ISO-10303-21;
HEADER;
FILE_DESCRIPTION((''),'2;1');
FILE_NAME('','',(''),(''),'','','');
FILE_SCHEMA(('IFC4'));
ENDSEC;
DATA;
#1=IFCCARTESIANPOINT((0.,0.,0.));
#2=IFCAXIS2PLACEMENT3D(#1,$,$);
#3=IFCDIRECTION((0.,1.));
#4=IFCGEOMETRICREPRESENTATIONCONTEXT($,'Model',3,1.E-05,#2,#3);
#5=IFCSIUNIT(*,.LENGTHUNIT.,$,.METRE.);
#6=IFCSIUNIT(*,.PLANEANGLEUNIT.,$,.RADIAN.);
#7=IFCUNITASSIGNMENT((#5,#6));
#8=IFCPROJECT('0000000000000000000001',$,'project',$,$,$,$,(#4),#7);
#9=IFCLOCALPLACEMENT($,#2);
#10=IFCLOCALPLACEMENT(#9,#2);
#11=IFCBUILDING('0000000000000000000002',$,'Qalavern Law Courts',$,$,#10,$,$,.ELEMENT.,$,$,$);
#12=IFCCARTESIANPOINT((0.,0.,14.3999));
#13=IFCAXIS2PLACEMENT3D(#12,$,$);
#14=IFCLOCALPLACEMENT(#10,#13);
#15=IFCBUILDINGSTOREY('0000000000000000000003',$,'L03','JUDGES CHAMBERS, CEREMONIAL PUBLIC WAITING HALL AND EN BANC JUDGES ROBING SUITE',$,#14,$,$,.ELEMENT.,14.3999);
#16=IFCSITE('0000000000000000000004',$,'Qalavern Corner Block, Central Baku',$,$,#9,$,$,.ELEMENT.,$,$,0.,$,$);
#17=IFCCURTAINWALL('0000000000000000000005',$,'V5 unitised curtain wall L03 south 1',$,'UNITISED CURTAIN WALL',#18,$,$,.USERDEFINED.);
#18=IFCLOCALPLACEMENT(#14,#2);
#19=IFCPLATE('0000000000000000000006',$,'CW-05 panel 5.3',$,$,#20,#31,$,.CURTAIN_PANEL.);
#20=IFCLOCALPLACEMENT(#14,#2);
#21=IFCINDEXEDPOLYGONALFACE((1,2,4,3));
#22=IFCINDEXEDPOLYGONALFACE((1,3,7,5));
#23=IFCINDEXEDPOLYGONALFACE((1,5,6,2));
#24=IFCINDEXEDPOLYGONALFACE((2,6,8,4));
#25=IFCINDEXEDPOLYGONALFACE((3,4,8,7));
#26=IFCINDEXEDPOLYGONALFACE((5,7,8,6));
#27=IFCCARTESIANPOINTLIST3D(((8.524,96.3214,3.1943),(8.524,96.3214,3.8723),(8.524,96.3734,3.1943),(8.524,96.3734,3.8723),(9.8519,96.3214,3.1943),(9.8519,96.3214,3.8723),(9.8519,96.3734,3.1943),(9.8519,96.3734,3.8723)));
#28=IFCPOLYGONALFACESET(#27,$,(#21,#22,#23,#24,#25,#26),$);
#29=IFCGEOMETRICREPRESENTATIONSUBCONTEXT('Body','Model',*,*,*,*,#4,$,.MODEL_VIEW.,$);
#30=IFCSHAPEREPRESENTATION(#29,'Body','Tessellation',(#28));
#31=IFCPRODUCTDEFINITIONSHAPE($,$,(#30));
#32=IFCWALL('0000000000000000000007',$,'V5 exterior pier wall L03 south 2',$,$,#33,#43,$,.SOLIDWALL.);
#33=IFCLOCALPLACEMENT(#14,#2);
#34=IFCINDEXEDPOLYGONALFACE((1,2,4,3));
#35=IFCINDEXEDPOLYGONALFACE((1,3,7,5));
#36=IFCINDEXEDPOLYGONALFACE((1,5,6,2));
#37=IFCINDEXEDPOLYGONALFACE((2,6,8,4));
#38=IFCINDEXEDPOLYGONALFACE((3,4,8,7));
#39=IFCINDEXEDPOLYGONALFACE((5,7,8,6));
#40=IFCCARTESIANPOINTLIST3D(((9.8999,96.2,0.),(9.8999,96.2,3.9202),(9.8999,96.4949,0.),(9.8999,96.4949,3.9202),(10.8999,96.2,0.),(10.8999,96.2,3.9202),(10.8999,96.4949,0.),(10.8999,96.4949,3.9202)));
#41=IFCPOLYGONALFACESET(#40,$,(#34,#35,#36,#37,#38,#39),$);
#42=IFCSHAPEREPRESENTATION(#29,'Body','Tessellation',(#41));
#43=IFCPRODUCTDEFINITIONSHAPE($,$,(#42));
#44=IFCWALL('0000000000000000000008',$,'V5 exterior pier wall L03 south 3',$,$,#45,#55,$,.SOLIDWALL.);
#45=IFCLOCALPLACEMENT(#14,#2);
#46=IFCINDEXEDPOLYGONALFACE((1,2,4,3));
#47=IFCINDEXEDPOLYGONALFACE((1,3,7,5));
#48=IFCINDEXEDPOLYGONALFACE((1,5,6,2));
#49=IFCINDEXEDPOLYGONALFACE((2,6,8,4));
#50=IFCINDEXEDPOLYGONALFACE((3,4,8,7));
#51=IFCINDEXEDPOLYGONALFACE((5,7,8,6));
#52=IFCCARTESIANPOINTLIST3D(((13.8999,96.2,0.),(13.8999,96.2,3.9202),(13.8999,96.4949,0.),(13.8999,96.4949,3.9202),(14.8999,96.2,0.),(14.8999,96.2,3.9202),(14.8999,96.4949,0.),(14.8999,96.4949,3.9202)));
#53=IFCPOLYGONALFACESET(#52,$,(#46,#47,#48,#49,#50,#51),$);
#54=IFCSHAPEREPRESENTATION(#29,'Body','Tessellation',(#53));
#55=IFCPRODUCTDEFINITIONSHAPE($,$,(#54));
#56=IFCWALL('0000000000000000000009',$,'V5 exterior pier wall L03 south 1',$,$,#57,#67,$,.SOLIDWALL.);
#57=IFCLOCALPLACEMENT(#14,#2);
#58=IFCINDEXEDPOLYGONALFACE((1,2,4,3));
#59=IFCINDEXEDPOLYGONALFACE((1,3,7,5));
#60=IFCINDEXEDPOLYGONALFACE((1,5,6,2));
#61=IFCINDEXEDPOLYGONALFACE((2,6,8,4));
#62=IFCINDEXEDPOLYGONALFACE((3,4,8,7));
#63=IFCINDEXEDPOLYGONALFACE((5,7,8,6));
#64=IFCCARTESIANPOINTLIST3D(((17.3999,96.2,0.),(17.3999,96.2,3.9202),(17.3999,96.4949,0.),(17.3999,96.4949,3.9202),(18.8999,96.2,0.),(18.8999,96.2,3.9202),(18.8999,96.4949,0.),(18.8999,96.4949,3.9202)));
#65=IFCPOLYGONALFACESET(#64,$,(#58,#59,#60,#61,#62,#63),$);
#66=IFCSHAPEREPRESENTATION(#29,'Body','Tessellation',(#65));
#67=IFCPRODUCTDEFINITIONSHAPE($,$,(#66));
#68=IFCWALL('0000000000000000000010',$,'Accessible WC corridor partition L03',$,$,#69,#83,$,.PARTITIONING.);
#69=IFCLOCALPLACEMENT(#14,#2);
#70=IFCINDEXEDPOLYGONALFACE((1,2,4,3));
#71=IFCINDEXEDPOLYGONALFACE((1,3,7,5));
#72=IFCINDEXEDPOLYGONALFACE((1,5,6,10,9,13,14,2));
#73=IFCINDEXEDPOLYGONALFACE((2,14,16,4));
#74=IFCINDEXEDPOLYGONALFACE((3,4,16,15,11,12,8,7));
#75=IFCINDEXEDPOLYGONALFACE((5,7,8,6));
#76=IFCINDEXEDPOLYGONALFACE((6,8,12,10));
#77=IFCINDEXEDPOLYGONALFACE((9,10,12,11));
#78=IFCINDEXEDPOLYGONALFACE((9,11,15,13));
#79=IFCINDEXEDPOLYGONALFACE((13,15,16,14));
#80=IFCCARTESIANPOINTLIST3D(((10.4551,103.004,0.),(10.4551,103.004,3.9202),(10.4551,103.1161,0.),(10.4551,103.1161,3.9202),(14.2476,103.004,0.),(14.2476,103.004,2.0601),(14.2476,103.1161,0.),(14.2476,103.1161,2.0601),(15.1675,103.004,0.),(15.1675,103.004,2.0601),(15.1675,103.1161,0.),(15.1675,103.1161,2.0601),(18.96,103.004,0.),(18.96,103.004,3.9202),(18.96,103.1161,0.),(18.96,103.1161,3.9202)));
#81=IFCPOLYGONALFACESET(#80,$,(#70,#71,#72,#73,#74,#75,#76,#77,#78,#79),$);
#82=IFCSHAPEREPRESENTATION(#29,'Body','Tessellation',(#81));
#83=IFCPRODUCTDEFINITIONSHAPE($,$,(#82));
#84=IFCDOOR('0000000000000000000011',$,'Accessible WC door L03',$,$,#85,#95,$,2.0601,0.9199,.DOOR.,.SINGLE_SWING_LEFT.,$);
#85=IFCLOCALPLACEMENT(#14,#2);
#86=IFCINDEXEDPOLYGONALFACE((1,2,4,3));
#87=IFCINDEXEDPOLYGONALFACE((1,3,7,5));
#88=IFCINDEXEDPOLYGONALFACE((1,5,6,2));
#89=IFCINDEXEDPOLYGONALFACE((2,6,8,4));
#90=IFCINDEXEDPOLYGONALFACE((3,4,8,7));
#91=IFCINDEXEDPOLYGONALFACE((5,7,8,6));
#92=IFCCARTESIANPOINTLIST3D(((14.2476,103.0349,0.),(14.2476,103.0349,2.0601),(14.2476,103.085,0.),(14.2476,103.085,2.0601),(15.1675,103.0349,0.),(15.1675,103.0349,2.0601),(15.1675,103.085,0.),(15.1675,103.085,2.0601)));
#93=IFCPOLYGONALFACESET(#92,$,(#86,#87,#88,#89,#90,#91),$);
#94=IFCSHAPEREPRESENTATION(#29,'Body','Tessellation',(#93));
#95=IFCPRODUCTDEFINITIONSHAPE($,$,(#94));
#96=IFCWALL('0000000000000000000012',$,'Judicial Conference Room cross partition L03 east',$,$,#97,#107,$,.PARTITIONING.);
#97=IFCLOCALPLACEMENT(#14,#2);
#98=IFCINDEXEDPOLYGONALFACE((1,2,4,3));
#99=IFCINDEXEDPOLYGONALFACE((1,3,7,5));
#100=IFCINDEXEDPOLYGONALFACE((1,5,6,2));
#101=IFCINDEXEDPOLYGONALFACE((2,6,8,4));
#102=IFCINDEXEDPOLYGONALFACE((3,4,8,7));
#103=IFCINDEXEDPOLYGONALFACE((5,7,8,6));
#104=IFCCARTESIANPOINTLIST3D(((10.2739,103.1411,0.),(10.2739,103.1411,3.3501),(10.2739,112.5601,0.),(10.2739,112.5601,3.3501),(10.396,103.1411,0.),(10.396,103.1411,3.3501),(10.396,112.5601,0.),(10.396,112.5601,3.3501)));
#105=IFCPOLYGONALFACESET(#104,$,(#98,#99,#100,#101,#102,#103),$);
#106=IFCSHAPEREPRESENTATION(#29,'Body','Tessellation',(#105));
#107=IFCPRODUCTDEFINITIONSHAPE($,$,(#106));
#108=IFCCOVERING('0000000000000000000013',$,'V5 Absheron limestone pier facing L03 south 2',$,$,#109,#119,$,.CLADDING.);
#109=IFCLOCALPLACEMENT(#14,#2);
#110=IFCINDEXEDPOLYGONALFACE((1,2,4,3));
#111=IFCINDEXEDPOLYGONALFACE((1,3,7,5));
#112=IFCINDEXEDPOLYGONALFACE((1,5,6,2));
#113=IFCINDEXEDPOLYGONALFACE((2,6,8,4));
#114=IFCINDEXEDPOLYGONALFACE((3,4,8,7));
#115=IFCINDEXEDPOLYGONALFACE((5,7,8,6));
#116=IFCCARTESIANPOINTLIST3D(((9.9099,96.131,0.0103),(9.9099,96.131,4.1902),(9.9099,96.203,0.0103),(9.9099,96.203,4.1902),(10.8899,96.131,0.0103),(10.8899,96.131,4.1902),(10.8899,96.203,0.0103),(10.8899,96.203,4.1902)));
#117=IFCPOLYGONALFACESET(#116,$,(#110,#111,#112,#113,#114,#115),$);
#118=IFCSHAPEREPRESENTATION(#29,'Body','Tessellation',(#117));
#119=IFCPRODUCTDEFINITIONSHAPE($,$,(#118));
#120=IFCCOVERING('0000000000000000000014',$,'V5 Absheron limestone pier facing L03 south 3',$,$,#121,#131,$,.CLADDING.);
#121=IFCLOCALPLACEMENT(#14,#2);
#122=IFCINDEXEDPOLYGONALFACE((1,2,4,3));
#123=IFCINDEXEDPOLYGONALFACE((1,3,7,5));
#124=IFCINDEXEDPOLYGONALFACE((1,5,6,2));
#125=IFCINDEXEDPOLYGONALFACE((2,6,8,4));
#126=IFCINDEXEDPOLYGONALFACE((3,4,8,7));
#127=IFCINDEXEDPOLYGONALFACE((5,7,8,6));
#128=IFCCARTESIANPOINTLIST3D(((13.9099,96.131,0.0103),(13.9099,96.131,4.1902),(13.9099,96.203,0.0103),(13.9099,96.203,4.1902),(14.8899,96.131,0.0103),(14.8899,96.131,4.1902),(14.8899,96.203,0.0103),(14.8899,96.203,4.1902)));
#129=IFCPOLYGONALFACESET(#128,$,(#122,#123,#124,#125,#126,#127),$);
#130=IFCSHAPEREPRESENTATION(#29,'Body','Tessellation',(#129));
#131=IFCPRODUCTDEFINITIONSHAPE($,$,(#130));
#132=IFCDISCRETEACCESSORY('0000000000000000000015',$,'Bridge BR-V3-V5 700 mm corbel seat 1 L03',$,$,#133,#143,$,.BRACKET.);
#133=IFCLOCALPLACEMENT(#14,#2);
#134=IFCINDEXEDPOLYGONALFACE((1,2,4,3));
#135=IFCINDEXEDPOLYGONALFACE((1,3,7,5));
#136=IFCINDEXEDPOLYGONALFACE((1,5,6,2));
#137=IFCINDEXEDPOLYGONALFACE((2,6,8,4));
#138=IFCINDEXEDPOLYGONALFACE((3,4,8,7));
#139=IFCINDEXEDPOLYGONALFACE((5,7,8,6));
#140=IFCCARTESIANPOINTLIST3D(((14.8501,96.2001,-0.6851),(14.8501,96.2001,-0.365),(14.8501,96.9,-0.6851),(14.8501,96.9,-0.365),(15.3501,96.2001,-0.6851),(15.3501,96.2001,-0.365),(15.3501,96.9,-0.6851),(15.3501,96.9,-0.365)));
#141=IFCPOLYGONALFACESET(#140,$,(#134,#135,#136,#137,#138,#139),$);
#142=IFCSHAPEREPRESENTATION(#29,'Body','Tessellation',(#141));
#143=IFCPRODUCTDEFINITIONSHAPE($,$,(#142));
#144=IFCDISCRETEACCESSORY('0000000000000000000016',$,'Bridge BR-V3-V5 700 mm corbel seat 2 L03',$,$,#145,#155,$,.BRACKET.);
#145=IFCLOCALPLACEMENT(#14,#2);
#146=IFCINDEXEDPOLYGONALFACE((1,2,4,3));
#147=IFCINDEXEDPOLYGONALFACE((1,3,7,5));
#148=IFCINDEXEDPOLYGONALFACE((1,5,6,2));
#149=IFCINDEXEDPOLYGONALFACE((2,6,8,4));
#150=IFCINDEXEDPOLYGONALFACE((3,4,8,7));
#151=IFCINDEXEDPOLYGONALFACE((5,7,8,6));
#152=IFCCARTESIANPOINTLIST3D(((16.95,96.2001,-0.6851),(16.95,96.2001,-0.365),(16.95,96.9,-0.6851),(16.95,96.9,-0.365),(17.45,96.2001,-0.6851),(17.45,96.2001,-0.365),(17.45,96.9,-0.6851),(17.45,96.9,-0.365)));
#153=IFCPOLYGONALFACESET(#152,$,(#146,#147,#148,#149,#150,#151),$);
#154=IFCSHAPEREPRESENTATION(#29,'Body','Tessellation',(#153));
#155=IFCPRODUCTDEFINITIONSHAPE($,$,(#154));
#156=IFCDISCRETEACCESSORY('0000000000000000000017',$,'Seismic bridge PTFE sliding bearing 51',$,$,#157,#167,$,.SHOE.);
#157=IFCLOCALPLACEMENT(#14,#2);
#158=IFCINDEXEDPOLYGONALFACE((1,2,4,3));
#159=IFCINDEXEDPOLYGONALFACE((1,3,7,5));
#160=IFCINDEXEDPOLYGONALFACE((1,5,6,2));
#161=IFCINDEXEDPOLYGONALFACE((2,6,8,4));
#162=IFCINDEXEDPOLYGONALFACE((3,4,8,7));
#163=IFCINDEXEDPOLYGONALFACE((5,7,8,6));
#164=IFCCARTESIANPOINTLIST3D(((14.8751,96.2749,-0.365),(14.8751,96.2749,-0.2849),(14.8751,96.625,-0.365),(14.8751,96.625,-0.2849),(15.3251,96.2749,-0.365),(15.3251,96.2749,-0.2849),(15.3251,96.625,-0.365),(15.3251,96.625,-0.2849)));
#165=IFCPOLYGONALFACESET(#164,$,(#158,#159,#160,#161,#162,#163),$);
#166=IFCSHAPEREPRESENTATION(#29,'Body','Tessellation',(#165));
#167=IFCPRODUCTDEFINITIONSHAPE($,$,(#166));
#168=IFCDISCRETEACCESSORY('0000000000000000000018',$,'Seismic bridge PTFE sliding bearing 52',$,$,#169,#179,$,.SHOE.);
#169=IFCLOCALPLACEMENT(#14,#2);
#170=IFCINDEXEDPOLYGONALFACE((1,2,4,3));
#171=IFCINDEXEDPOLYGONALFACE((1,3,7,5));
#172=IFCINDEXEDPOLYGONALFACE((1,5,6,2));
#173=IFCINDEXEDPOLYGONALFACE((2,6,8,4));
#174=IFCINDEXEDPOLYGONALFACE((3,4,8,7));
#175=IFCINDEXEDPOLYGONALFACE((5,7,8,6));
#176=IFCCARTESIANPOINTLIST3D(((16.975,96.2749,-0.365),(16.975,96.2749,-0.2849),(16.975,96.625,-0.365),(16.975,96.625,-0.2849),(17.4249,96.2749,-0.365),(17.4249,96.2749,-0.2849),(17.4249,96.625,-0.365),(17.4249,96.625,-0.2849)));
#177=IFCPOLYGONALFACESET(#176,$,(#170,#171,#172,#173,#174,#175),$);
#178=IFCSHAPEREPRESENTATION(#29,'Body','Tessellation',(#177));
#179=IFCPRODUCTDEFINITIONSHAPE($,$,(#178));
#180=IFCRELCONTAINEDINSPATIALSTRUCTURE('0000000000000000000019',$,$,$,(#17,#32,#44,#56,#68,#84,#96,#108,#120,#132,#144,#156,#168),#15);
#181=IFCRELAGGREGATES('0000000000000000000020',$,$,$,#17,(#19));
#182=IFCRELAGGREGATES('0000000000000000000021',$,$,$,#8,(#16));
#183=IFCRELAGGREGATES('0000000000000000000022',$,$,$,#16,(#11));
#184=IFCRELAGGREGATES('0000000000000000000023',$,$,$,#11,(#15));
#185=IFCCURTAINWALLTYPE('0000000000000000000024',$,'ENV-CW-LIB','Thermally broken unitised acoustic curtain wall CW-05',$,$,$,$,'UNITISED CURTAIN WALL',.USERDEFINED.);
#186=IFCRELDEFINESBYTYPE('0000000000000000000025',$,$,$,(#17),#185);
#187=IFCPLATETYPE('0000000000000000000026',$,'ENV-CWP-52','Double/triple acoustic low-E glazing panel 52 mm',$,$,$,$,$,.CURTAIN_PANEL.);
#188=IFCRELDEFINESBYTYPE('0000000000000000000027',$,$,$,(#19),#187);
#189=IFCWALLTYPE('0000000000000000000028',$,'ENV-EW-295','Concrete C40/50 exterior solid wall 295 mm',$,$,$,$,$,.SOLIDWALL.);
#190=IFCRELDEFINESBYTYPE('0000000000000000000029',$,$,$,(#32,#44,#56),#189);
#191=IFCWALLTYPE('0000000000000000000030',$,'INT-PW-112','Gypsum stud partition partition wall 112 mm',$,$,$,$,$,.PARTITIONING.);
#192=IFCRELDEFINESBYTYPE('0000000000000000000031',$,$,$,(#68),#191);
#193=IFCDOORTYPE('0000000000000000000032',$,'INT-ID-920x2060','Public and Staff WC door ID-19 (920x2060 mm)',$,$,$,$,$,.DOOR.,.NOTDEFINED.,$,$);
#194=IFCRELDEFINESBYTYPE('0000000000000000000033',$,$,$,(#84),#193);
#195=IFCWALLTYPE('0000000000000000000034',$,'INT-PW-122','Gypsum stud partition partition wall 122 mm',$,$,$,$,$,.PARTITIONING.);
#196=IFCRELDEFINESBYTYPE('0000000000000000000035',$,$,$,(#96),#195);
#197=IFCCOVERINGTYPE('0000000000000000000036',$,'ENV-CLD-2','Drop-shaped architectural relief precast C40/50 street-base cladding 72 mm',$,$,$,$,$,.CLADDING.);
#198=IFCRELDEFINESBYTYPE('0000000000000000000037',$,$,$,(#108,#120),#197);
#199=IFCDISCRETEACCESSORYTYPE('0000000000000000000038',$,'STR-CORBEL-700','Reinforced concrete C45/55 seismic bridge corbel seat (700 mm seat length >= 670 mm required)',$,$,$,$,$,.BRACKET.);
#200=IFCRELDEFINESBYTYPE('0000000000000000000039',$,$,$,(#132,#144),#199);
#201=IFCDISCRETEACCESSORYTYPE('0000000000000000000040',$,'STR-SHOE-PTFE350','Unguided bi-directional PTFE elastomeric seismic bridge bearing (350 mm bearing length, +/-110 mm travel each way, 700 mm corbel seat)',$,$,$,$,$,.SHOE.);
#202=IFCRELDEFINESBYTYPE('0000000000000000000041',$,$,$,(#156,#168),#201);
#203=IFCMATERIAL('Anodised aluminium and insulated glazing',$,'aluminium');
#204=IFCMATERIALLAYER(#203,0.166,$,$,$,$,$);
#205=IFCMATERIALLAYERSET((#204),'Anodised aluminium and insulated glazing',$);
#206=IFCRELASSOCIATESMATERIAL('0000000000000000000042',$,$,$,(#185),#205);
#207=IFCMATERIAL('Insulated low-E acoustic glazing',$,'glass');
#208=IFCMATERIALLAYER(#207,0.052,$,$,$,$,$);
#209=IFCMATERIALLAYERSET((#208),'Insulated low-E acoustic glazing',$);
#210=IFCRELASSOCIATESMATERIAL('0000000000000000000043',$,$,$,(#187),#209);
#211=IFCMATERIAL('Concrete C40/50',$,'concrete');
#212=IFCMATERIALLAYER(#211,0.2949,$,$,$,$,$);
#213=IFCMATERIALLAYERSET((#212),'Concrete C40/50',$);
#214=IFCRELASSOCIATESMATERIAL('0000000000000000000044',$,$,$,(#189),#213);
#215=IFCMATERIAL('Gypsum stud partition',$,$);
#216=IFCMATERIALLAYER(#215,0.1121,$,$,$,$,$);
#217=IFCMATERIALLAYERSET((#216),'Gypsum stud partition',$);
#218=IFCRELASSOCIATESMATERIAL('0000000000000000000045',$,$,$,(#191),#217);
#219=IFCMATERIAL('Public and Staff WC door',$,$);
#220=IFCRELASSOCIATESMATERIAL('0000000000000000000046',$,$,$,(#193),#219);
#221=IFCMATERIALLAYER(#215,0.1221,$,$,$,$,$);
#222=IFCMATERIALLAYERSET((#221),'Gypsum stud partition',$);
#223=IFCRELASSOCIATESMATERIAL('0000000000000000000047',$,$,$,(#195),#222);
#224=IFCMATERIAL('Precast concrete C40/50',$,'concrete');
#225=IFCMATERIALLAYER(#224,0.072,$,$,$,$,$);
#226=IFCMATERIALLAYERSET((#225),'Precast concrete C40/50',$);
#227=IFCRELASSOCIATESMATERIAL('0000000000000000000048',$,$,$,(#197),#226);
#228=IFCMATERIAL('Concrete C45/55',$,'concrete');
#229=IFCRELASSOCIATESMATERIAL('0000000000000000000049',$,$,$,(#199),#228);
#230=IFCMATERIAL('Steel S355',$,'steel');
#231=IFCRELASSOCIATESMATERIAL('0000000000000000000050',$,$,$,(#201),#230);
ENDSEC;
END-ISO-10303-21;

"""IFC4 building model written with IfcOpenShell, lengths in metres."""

from ifc_helpers import new_model, si_unit, direction, frame, frame_2d, origin, origin_2d, place, context, subcontext, project, spatial, rectangle, extrude, material, layer, layer_set, type_object, element, fill, aggregate, save


model = new_model("IFC4")

# Units and contexts
model_context = context("Model", 3, precision=1e-05, world=origin(), true_north=direction((0.0, 1.0)))
body_context = subcontext(model_context, "Body", "Model", "MODEL_VIEW")
ifc_project = project(units=[si_unit("LENGTHUNIT", "METRE"), si_unit("PLANEANGLEUNIT", "RADIAN")], contexts=[model_context])

# Site, building, storey
site_placement = place(None, origin())
site = spatial("IfcSite", under=ifc_project, at=site_placement, Name="Qalavern Corner Block, Central Baku", CompositionType="ELEMENT", RefElevation=0.0)
building_placement = place(site_placement, origin())
building = spatial("IfcBuilding", under=site, at=building_placement, Name="Qalavern Law Courts", CompositionType="ELEMENT")
storey_placement = place(building_placement, frame((0.0, 0.0, 14.3999)))
storey = spatial("IfcBuildingStorey", under=building, at=storey_placement, Name="L03", Description="JUDGES CHAMBERS, CEREMONIAL PUBLIC WAITING HALL AND EN BANC JUDGES ROBING SUITE", CompositionType="ELEMENT", Elevation=14.3999)

# Shared definitions
ifc_material_1 = material(Name="Concrete C45/55", Category="concrete")

# Curtain wall
ifc_material_2 = material(Name="Anodised aluminium and insulated glazing", Category="aluminium")
ifc_layer_1 = layer(ifc_material_2, 0.166)
ifc_layer_set_1 = layer_set([ifc_layer_1], Name="Anodised aluminium and insulated glazing")
curtain_wall_type = type_object("IfcCurtainWallType", Name="ENV-CW-LIB", Description="Thermally broken unitised acoustic curtain wall CW-05", ElementType="UNITISED CURTAIN WALL", PredefinedType="USERDEFINED", material=ifc_layer_set_1)
curtain_wall_1_placement = place(storey_placement, origin())
curtain_wall_1 = element("IfcCurtainWall", 1, at=curtain_wall_1_placement, inside=storey, type_object=curtain_wall_type, Name="V5 unitised curtain wall L03 south 1", ObjectType="UNITISED CURTAIN WALL", PredefinedType="USERDEFINED")

# Shared definitions
ifc_material_3 = material(Name="Steel S355", Category="steel")
ifc_material_4 = material(Name="Concrete C40/50", Category="concrete")

# Plate
ifc_material_5 = material(Name="Insulated low-E acoustic glazing", Category="glass")
ifc_layer_2 = layer(ifc_material_5, 0.052)
ifc_layer_set_2 = layer_set([ifc_layer_2], Name="Insulated low-E acoustic glazing")
plate_type_1 = type_object("IfcPlateType", Name="ENV-CWP-52", Description="Double/triple acoustic low-E glazing panel 52 mm", PredefinedType="CURTAIN_PANEL", material=ifc_layer_set_2)
plate_1_placement = place(storey_placement, frame((9.188, 96.3474, 3.1943), z_axis=(0.0, 0.0, 1.0), x_axis=(1.0, 0.0, 0.0)))
plate_1 = element("IfcPlate", 2, at=plate_1_placement, type_object=plate_type_1, Name="CW-05 panel 5.3", PredefinedType="CURTAIN_PANEL", context=body_context, shape_type="SweptSolid", body=[
    extrude(rectangle(XDim=1.3279, YDim=0.052, at=origin_2d()), origin(), (0.0, 0.0, 1.0), 0.678),
])
aggregate(curtain_wall_1, [plate_1])

# Walls
ifc_layer_3 = layer(ifc_material_4, 0.2949)
ifc_layer_set_3 = layer_set([ifc_layer_3], Name="Concrete C40/50")
wall_type_1 = type_object("IfcWallType", Name="ENV-EW-295", Description="Concrete C40/50 exterior solid wall 295 mm", PredefinedType="SOLIDWALL", material=ifc_layer_set_3)
for number, where, z_axis, x_axis, name in (
    (3, (9.8999, 96.3474, 0.0), (0.0, 0.0, 1.0), (1.0, 0.0, 0.0), "V5 exterior pier wall L03 south 2"),
    (4, (13.8999, 96.3474, 0.0), (0.0, 0.0, 1.0), (1.0, 0.0, 0.0), "V5 exterior pier wall L03 south 3"),
):
    element("IfcWall", number, at=place(storey_placement, frame(where, z_axis=z_axis, x_axis=x_axis)), inside=storey, type_object=wall_type_1, Name=name, PredefinedType="SOLIDWALL", context=body_context, shape_type="SweptSolid", body=[
        extrude(rectangle(XDim=1.0, YDim=0.2949, at=frame_2d((0.5, 0.0))), origin(), (0.0, 0.0, 1.0), 3.9202),
    ])
wall_1_placement = place(storey_placement, frame((17.3999, 96.3474, 0.0), z_axis=(0.0, 0.0, 1.0), x_axis=(1.0, 0.0, 0.0)))
element("IfcWall", 5, at=wall_1_placement, inside=storey, type_object=wall_type_1, Name="V5 exterior pier wall L03 south 1", PredefinedType="SOLIDWALL", context=body_context, shape_type="SweptSolid", body=[
    extrude(rectangle(XDim=1.5, YDim=0.2949, at=frame_2d((0.75, 0.0))), origin(), (0.0, 0.0, 1.0), 3.9202),
])

# Wall, opening, door
ifc_material_6 = material(Name="Gypsum stud partition")
ifc_layer_4 = layer(ifc_material_6, 0.1121)
ifc_layer_set_4 = layer_set([ifc_layer_4], Name="Gypsum stud partition")
wall_type_2 = type_object("IfcWallType", Name="INT-PW-112", Description="Gypsum stud partition partition wall 112 mm", PredefinedType="PARTITIONING", material=ifc_layer_set_4)
wall_2_placement = place(storey_placement, frame((10.4551, 103.0601, 0.0), z_axis=(0.0, 0.0, 1.0), x_axis=(1.0, 0.0, 0.0)))
wall_2 = element("IfcWall", 6, at=wall_2_placement, inside=storey, type_object=wall_type_2, Name="Accessible WC corridor partition L03", PredefinedType="PARTITIONING", context=body_context, shape_type="SweptSolid", body=[
    extrude(rectangle(XDim=8.5049, YDim=0.1121, at=frame_2d((4.2524, 0.0))), origin(), (0.0, 0.0, 1.0), 3.9202),
])
opening_placement = place(wall_2_placement, frame((3.7925, 0.0, 0.0)))
opening = element("IfcOpeningElement", 7, at=opening_placement, cuts=wall_2, PredefinedType="OPENING", context=body_context, shape_type="SweptSolid", body=[
    extrude(rectangle(XDim=0.9199, YDim=2.0601, at=frame_2d((0.46, 1.03))), frame((0.0, 0.0708, 0.0), z_axis=(0.0, -1.0, 0.0), x_axis=(1.0, 0.0, 0.0)), (0.0, 0.0, 1.0), 0.1418),
])
ifc_material_7 = material(Name="Public and Staff WC door")
door_type = type_object("IfcDoorType", Name="INT-ID-920x2060", Description="Public and Staff WC door ID-19 (920x2060 mm)", OperationType="NOTDEFINED", PredefinedType="DOOR", material=ifc_material_7)
door_placement = place(opening_placement, origin())
door = element("IfcDoor", 8, at=door_placement, inside=storey, type_object=door_type, Name="Accessible WC door L03", OperationType="SINGLE_SWING_LEFT", OverallHeight=2.0601, OverallWidth=0.9199, PredefinedType="DOOR", context=body_context, shape_type="SweptSolid", body=[
    extrude(rectangle(XDim=0.9199, YDim=2.0601, at=frame_2d((0.46, 1.03))), frame((0.0, 0.0249, 0.0), z_axis=(0.0, -1.0, 0.0), x_axis=(1.0, 0.0, 0.0)), (0.0, 0.0, 1.0), 0.05),
])
fill(opening, door)

# Wall
ifc_layer_5 = layer(ifc_material_6, 0.1221)
ifc_layer_set_5 = layer_set([ifc_layer_5], Name="Gypsum stud partition")
wall_type_3 = type_object("IfcWallType", Name="INT-PW-122", Description="Gypsum stud partition partition wall 122 mm", PredefinedType="PARTITIONING", material=ifc_layer_set_5)
wall_3_placement = place(storey_placement, frame((10.335, 103.1411, 0.0), z_axis=(0.0, 0.0, 1.0), x_axis=(0.0, 1.0, 0.0)))
element("IfcWall", 9, at=wall_3_placement, inside=storey, type_object=wall_type_3, Name="Judicial Conference Room cross partition L03 east", PredefinedType="PARTITIONING", context=body_context, shape_type="SweptSolid", body=[
    extrude(rectangle(XDim=9.4189, YDim=0.1221, at=frame_2d((4.7095, 0.0))), origin(), (0.0, 0.0, 1.0), 3.3501),
])

# Coverings
ifc_material_8 = material(Name="Precast concrete C40/50", Category="concrete")
ifc_layer_6 = layer(ifc_material_8, 0.072)
ifc_layer_set_6 = layer_set([ifc_layer_6], Name="Precast concrete C40/50")
covering_type = type_object("IfcCoveringType", Name="ENV-CLD-2", Description="Drop-shaped architectural relief precast C40/50 street-base cladding 72 mm", PredefinedType="CLADDING", material=ifc_layer_set_6)
for number, where, z_axis, x_axis, name in (
    (10, (10.3999, 96.167, 0.0103), (0.0, 0.0, 1.0), (1.0, 0.0, 0.0), "V5 Absheron limestone pier facing L03 south 2"),
    (11, (14.3999, 96.167, 0.0103), (0.0, 0.0, 1.0), (1.0, 0.0, 0.0), "V5 Absheron limestone pier facing L03 south 3"),
):
    element("IfcCovering", number, at=place(storey_placement, frame(where, z_axis=z_axis, x_axis=x_axis)), inside=storey, type_object=covering_type, Name=name, PredefinedType="CLADDING", context=body_context, shape_type="SweptSolid", body=[
        extrude(rectangle(XDim=0.98, YDim=0.072, at=origin_2d()), origin(), (0.0, 0.0, 1.0), 4.1799),
    ])

# Discrete accessories
discrete_accessory_type_1 = type_object("IfcDiscreteAccessoryType", Name="STR-CORBEL-700", Description="Reinforced concrete C45/55 seismic bridge corbel seat (700 mm seat length >= 670 mm required)", PredefinedType="BRACKET", material=ifc_material_1)
for number, where, z_axis, x_axis, name in (
    (12, (15.1001, 96.55, -0.6851), (0.0, 0.0, 1.0), (1.0, 0.0, 0.0), "Bridge BR-V3-V5 700 mm corbel seat 1 L03"),
    (13, (17.2, 96.55, -0.6851), (0.0, 0.0, 1.0), (1.0, 0.0, 0.0), "Bridge BR-V3-V5 700 mm corbel seat 2 L03"),
):
    element("IfcDiscreteAccessory", number, at=place(storey_placement, frame(where, z_axis=z_axis, x_axis=x_axis)), inside=storey, type_object=discrete_accessory_type_1, Name=name, PredefinedType="BRACKET", context=body_context, shape_type="SweptSolid", body=[
        extrude(rectangle(XDim=0.5, YDim=0.7, at=origin_2d()), origin(), (0.0, 0.0, 1.0), 0.3201),
    ])
discrete_accessory_type_2 = type_object("IfcDiscreteAccessoryType", Name="STR-SHOE-PTFE350", Description="Unguided bi-directional PTFE elastomeric seismic bridge bearing (350 mm bearing length, +/-110 mm travel each way, 700 mm corbel seat)", PredefinedType="SHOE", material=ifc_material_3)
for number, where, z_axis, x_axis, name in (
    (14, (15.1001, 96.45, -0.365), (0.0, 0.0, 1.0), (1.0, 0.0, 0.0), "Seismic bridge PTFE sliding bearing 51"),
    (15, (17.2, 96.45, -0.365), (0.0, 0.0, 1.0), (1.0, 0.0, 0.0), "Seismic bridge PTFE sliding bearing 52"),
):
    element("IfcDiscreteAccessory", number, at=place(storey_placement, frame(where, z_axis=z_axis, x_axis=x_axis)), inside=storey, type_object=discrete_accessory_type_2, Name=name, PredefinedType="SHOE", context=body_context, shape_type="SweptSolid", body=[
        extrude(rectangle(XDim=0.45, YDim=0.3501, at=origin_2d()), origin(), (0.0, 0.0, 1.0), 0.0801),
    ])

save(model, "model.ifc")
